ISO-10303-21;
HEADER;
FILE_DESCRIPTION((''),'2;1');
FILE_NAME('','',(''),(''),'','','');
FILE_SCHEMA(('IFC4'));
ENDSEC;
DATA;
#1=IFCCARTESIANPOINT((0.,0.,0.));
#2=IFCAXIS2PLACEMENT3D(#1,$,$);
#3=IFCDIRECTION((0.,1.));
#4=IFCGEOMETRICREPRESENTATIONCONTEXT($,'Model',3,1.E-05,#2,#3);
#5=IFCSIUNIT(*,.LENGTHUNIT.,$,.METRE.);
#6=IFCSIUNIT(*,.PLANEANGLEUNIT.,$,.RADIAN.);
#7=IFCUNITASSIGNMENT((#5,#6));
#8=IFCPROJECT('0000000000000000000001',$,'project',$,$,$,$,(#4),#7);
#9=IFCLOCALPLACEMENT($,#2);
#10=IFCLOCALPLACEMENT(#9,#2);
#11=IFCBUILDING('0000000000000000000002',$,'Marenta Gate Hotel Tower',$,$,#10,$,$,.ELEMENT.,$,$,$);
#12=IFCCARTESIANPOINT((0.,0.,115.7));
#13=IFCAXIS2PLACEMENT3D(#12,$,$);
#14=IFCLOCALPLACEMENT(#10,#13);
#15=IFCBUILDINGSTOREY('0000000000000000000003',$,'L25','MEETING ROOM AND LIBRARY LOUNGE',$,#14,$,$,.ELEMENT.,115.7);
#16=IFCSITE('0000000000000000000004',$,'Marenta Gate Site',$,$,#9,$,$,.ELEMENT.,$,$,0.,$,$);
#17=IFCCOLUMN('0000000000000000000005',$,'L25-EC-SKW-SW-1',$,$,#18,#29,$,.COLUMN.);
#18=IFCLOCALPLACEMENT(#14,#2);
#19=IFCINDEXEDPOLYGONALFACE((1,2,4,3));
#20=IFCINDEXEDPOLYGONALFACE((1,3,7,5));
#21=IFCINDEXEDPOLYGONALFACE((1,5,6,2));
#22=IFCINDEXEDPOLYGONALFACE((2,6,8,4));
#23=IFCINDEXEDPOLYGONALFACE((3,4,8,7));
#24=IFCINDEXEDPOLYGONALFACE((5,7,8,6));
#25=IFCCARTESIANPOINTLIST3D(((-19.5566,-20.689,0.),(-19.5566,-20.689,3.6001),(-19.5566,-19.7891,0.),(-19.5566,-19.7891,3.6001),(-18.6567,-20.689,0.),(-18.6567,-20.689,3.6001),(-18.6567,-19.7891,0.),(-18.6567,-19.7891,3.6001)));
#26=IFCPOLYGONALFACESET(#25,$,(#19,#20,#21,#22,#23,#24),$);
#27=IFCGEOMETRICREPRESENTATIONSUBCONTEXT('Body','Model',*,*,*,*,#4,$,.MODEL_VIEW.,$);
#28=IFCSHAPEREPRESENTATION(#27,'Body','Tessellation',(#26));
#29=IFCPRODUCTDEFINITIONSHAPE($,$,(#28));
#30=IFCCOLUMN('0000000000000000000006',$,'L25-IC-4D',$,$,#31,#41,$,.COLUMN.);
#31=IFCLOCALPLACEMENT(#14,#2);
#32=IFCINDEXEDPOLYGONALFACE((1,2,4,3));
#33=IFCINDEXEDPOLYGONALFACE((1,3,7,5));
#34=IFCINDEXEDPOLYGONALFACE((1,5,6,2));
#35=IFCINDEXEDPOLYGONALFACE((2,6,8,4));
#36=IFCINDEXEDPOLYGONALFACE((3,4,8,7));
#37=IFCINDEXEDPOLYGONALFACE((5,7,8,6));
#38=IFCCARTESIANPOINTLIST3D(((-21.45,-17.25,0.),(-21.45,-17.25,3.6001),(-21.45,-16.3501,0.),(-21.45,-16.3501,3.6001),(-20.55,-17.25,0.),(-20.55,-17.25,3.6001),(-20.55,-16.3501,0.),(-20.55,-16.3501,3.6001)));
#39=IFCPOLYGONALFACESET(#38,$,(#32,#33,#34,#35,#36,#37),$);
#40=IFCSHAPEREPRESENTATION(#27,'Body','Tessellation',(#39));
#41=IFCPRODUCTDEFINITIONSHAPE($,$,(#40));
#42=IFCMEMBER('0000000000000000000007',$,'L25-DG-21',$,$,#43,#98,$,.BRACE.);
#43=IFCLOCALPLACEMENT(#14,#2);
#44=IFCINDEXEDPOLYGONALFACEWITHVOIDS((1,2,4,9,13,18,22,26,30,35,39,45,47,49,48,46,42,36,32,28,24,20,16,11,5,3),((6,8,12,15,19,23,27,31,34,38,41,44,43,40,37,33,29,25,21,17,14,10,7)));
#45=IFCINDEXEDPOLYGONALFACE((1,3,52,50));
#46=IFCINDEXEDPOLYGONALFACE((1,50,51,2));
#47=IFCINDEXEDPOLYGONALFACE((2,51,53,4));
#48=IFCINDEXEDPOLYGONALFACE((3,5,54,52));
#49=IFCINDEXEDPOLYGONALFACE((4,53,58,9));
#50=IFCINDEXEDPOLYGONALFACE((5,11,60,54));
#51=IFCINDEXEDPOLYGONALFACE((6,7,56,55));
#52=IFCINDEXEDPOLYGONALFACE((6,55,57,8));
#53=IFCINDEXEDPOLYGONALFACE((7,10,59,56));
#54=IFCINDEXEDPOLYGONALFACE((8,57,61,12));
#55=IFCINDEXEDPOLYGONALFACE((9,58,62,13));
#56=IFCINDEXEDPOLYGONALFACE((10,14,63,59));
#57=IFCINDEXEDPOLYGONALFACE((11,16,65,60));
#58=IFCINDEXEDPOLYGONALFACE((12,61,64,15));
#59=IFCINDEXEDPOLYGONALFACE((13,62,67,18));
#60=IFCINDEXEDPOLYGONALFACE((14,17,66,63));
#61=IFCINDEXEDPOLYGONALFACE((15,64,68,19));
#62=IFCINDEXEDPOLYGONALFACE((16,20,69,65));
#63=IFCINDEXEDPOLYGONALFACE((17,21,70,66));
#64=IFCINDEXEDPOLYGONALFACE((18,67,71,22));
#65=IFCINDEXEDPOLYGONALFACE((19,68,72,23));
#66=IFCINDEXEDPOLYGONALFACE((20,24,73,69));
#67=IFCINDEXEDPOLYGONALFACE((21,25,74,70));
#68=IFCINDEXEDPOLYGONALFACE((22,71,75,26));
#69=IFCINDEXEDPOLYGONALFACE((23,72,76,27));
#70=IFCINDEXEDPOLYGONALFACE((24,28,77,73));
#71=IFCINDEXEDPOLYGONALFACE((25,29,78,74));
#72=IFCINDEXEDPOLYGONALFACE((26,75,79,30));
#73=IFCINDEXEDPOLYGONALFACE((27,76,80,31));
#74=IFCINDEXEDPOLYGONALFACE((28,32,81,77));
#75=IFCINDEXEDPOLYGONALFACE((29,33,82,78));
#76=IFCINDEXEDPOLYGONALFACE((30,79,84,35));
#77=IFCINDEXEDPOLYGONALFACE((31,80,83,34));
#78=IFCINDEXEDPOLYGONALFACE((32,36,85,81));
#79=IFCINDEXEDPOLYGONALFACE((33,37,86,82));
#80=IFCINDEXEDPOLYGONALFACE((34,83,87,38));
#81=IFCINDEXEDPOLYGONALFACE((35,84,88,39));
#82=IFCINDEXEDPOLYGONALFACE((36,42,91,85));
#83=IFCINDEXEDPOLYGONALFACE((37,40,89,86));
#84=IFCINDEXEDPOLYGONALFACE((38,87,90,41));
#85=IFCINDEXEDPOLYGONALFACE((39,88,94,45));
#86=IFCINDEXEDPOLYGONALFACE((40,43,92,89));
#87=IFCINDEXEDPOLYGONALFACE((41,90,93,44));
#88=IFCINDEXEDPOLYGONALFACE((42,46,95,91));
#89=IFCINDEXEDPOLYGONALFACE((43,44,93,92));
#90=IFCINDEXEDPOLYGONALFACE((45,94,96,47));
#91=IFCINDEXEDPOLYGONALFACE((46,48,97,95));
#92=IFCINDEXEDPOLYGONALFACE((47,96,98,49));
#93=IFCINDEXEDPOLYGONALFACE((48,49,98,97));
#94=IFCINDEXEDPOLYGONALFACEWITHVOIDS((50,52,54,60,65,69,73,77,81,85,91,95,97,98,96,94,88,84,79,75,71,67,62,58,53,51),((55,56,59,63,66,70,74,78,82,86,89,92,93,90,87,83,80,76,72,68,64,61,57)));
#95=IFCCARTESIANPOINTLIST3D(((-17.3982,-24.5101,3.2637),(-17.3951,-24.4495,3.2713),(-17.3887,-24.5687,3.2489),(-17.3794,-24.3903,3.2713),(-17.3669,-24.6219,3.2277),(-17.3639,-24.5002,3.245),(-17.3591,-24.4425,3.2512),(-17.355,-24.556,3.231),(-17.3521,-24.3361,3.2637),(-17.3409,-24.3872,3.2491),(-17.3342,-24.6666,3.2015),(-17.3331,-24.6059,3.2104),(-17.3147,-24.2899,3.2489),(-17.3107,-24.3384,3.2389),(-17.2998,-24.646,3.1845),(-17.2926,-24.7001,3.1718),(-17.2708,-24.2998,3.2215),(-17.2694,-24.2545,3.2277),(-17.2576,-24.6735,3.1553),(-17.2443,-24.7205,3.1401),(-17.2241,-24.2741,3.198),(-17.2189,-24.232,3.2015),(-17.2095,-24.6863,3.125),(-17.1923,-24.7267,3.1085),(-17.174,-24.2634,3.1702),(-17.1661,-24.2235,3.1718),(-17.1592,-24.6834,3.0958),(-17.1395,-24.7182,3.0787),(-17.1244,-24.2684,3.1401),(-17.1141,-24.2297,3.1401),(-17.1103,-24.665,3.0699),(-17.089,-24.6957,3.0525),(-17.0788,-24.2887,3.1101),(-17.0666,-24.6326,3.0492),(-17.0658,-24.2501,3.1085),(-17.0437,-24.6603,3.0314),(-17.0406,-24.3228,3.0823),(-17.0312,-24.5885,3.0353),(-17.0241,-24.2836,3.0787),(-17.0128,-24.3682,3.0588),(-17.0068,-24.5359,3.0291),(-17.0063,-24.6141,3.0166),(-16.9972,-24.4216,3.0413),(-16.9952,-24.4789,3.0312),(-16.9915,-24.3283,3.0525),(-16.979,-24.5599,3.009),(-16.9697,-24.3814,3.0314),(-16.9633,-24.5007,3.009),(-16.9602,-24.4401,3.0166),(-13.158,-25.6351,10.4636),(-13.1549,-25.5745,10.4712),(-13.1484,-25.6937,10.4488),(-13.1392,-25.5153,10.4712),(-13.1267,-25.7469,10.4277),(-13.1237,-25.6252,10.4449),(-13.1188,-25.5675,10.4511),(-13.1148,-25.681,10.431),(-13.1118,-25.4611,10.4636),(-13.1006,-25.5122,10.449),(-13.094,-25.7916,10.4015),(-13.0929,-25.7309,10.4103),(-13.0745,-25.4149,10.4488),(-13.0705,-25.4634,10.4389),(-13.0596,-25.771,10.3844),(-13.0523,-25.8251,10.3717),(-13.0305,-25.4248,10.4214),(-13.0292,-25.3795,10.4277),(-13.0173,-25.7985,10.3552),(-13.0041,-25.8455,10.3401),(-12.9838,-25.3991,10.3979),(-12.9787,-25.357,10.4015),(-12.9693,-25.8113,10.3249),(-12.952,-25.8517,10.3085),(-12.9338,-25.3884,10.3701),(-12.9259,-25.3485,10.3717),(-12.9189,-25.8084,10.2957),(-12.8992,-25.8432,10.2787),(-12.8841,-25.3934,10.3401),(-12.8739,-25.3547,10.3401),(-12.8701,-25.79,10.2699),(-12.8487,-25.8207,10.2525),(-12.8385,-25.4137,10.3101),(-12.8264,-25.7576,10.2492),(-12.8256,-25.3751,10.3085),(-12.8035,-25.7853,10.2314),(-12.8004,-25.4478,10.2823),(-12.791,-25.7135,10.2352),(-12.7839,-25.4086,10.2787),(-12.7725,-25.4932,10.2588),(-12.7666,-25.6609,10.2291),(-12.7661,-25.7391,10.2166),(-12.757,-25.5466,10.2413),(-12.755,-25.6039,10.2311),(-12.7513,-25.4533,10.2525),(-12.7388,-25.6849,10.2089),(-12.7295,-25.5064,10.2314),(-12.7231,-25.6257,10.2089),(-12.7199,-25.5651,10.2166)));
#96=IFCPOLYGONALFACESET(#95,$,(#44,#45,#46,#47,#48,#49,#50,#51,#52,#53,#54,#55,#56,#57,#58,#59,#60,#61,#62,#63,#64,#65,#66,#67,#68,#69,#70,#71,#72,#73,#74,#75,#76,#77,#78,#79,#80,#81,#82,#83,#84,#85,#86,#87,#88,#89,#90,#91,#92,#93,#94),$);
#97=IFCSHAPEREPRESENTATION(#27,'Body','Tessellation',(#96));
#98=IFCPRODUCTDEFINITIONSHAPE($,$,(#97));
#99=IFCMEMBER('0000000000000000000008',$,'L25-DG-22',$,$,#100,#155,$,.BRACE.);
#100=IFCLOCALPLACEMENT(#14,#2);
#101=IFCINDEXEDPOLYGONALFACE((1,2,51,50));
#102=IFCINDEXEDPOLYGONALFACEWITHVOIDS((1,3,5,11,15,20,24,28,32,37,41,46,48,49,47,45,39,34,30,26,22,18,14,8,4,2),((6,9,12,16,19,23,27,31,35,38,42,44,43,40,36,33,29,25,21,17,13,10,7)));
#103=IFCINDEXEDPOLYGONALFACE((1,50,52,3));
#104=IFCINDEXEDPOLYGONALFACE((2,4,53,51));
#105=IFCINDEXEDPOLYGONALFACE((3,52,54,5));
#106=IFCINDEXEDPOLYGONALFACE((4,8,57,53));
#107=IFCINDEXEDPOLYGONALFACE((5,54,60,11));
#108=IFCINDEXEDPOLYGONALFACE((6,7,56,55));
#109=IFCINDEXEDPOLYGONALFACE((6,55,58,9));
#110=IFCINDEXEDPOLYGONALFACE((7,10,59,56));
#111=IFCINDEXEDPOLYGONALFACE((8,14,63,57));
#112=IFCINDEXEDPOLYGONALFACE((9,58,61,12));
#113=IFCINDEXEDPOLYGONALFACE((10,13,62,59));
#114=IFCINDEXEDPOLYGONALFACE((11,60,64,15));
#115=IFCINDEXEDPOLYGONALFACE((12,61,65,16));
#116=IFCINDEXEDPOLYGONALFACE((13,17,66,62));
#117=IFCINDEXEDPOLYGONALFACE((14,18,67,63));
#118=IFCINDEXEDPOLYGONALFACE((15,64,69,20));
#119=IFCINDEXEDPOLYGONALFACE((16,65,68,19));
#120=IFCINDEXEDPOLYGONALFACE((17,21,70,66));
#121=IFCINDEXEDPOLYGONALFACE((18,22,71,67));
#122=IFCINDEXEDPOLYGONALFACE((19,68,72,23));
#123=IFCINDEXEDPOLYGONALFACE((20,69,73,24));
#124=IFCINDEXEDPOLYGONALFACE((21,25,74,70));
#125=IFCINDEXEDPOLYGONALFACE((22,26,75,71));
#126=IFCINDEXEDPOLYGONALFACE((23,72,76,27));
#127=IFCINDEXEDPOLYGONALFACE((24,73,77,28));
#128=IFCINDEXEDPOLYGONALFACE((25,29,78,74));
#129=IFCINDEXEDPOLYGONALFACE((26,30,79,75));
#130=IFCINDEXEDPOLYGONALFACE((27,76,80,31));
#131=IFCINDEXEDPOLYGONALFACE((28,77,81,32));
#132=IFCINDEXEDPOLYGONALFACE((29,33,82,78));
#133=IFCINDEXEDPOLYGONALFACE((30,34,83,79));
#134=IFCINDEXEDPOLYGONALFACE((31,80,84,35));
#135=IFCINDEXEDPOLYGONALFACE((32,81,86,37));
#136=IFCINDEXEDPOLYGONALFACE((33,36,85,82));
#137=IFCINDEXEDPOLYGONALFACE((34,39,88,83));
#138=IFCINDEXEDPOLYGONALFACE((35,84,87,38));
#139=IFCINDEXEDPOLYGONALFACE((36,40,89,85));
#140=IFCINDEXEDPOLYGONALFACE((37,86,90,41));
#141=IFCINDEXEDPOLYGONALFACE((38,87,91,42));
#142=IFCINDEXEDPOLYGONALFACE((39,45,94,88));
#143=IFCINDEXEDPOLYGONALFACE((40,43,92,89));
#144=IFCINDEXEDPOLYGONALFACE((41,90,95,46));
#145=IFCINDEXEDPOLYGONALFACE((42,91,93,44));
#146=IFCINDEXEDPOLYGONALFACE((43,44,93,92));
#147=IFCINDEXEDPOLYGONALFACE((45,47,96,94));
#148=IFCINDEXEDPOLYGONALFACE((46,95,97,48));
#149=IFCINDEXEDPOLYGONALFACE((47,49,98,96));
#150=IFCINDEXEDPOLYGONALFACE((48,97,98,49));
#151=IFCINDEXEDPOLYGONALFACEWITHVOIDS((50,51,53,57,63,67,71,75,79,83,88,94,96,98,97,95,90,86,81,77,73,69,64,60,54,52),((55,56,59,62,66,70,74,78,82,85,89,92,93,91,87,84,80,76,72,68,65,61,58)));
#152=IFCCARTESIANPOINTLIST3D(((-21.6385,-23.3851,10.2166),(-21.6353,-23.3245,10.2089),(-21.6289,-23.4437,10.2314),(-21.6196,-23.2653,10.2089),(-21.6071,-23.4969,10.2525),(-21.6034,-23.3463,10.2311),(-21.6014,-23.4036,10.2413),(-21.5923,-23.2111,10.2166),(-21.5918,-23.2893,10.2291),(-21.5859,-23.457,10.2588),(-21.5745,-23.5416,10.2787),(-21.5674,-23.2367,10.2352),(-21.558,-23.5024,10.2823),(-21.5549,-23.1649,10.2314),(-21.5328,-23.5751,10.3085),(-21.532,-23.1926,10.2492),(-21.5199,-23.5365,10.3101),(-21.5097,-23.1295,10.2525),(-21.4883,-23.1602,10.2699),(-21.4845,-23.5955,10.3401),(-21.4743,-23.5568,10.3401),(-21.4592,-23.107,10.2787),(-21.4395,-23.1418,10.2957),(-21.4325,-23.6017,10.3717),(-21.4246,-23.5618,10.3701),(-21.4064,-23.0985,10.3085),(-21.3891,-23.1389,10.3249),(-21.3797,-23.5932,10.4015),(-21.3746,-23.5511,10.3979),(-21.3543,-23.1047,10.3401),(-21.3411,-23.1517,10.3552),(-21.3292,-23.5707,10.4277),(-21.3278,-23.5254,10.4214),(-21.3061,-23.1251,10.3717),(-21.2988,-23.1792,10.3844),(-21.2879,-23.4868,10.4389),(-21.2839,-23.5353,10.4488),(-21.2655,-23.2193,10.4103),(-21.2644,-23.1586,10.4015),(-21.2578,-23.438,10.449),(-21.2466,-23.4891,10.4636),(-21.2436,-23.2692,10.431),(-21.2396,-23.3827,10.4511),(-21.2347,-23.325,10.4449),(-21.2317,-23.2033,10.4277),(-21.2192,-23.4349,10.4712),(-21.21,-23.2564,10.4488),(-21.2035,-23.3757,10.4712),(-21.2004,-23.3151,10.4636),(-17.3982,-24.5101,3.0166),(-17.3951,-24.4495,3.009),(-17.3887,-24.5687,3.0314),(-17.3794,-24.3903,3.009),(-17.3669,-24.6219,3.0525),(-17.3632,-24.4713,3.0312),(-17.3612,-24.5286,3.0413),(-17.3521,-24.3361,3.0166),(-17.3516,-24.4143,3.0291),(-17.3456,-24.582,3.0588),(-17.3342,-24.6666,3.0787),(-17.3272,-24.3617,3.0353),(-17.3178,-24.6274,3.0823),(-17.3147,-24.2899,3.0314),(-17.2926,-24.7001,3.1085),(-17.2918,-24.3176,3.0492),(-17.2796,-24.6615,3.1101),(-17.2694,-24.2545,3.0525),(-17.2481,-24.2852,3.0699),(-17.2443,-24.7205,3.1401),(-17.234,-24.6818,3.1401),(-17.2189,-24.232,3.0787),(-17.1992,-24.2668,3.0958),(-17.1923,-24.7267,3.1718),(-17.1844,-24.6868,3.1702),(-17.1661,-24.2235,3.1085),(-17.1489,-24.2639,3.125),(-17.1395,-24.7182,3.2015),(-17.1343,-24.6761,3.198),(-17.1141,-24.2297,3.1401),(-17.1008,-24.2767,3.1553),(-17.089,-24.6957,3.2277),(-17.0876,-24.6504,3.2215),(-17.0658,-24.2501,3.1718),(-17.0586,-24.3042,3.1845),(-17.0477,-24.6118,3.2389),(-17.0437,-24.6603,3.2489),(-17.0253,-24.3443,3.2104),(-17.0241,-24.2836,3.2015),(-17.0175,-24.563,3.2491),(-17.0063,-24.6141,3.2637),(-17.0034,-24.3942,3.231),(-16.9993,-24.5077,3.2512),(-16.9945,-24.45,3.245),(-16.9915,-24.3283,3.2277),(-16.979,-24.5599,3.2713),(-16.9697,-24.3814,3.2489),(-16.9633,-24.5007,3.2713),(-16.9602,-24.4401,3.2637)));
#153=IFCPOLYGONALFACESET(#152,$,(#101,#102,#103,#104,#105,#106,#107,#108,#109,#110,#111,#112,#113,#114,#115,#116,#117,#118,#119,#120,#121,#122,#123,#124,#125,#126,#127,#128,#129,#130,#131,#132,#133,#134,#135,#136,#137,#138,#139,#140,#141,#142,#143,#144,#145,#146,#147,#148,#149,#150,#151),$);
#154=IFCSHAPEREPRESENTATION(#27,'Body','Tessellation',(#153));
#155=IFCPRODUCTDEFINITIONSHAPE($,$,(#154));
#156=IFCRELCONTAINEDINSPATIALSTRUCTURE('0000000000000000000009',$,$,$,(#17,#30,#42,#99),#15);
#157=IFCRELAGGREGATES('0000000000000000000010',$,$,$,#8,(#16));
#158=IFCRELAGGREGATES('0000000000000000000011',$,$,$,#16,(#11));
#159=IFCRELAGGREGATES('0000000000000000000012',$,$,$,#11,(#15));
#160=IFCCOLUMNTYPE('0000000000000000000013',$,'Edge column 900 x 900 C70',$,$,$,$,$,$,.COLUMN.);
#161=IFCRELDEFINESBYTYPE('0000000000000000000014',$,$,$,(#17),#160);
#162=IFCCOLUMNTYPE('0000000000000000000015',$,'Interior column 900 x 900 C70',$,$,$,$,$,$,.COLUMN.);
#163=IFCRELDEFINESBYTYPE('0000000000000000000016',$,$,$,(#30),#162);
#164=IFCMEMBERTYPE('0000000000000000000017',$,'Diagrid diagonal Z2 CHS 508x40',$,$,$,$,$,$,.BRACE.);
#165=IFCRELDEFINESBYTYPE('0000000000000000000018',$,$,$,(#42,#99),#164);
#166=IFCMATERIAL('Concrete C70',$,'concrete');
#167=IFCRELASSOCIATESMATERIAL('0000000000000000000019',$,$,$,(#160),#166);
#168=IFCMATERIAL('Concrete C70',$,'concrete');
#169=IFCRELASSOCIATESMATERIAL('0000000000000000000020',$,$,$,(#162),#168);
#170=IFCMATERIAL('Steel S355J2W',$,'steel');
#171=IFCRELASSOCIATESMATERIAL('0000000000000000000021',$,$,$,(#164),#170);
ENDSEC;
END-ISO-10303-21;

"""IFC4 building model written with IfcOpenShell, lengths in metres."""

from ifc_helpers import new_model, si_unit, direction, frame, origin, origin_2d, place, context, subcontext, project, spatial, rectangle, hollow_circle, extrude, material, material_profile, profile_set, type_object, element, save


model = new_model("IFC4")

# Units and contexts
model_context = context("Model", 3, precision=1e-05, world=origin(), true_north=direction((0.0, 1.0)))
body_context = subcontext(model_context, "Body", "Model", "MODEL_VIEW")
ifc_project = project(units=[si_unit("LENGTHUNIT", "METRE"), si_unit("PLANEANGLEUNIT", "RADIAN")], contexts=[model_context])

# Site, building, storey
site_placement = place(None, origin())
site = spatial("IfcSite", under=ifc_project, at=site_placement, Name="Marenta Gate Site", CompositionType="ELEMENT", RefElevation=0.0)
building_placement = place(site_placement, origin())
building = spatial("IfcBuilding", under=site, at=building_placement, Name="Marenta Gate Hotel Tower", CompositionType="ELEMENT")
storey_placement = place(building_placement, frame((0.0, 0.0, 115.7)))
storey = spatial("IfcBuildingStorey", under=building, at=storey_placement, Name="L25", Description="MEETING ROOM AND LIBRARY LOUNGE", CompositionType="ELEMENT", Elevation=115.7)

# Columns
ifc_material_1 = material(Name="Concrete C70", Category="concrete")
ifc_material_profile_1 = material_profile(ifc_material_1, rectangle(XDim=0.8999, YDim=0.8999, at=origin_2d()), Name="900 x 900")
ifc_profile_set_1 = profile_set([ifc_material_profile_1], Name="Concrete C70")
column_type_1 = type_object("IfcColumnType", Name="Edge column 900 x 900 C70", PredefinedType="COLUMN", material=ifc_profile_set_1)
column_1_placement = place(storey_placement, frame((-19.1067, -20.239, 0.0), z_axis=(0.0, 0.0, 1.0), x_axis=(1.0, 0.0, 0.0)))
element("IfcColumn", 1, at=column_1_placement, inside=storey, type_object=column_type_1, Name="L25-EC-SKW-SW-1", PredefinedType="COLUMN", context=body_context, shape_type="SweptSolid", body=[
    extrude(rectangle(XDim=0.8999, YDim=0.8999, at=origin_2d()), origin(), (0.0, 0.0, 1.0), 3.6001),
])
ifc_material_2 = material(Name="Concrete C70", Category="concrete")
ifc_material_profile_2 = material_profile(ifc_material_2, rectangle(XDim=0.8999, YDim=0.8999, at=origin_2d()), Name="900 x 900")
ifc_profile_set_2 = profile_set([ifc_material_profile_2], Name="Concrete C70")
column_type_2 = type_object("IfcColumnType", Name="Interior column 900 x 900 C70", PredefinedType="COLUMN", material=ifc_profile_set_2)
column_2_placement = place(storey_placement, frame((-21.0, -16.8, 0.0), z_axis=(0.0, 0.0, 1.0), x_axis=(1.0, 0.0, 0.0)))
element("IfcColumn", 2, at=column_2_placement, inside=storey, type_object=column_type_2, Name="L25-IC-4D", PredefinedType="COLUMN", context=body_context, shape_type="SweptSolid", body=[
    extrude(rectangle(XDim=0.8999, YDim=0.8999, at=origin_2d()), origin(), (0.0, 0.0, 1.0), 3.6001),
])

# Members
ifc_material_3 = material(Name="Steel S355J2W", Category="steel")
ifc_material_profile_3 = material_profile(ifc_material_3, hollow_circle(Radius=0.2539, WallThickness=0.04, at=origin_2d()), Name="CHS 508x40")
ifc_profile_set_3 = profile_set([ifc_material_profile_3], Name="Steel S355J2W")
member_type_1 = type_object("IfcMemberType", Name="Diagrid diagonal Z2 CHS 508x40", PredefinedType="BRACE", material=ifc_profile_set_3)
for number, where, z_axis, x_axis, name in (
    (3, (-17.1792, -24.4751, 3.1401), (0.502924, -0.133434, 0.853969), (0.256443, 0.966559, 0.0), "L25-DG-21"),
    (4, (-17.1792, -24.4751, 3.1401), (-0.502924, 0.133434, 0.853969), (-0.256443, -0.966559, 0.0), "L25-DG-22"),
):
    element("IfcMember", number, at=place(storey_placement, frame(where, z_axis=z_axis, x_axis=x_axis)), inside=storey, type_object=member_type_1, Name=name, PredefinedType="BRACE", context=body_context, shape_type="SweptSolid", body=[
        extrude(hollow_circle(Radius=0.2539, WallThickness=0.04, at=origin_2d()), origin(), (0.0, 0.0, 1.0), 8.4312),
    ])

save(model, "model.ifc")
